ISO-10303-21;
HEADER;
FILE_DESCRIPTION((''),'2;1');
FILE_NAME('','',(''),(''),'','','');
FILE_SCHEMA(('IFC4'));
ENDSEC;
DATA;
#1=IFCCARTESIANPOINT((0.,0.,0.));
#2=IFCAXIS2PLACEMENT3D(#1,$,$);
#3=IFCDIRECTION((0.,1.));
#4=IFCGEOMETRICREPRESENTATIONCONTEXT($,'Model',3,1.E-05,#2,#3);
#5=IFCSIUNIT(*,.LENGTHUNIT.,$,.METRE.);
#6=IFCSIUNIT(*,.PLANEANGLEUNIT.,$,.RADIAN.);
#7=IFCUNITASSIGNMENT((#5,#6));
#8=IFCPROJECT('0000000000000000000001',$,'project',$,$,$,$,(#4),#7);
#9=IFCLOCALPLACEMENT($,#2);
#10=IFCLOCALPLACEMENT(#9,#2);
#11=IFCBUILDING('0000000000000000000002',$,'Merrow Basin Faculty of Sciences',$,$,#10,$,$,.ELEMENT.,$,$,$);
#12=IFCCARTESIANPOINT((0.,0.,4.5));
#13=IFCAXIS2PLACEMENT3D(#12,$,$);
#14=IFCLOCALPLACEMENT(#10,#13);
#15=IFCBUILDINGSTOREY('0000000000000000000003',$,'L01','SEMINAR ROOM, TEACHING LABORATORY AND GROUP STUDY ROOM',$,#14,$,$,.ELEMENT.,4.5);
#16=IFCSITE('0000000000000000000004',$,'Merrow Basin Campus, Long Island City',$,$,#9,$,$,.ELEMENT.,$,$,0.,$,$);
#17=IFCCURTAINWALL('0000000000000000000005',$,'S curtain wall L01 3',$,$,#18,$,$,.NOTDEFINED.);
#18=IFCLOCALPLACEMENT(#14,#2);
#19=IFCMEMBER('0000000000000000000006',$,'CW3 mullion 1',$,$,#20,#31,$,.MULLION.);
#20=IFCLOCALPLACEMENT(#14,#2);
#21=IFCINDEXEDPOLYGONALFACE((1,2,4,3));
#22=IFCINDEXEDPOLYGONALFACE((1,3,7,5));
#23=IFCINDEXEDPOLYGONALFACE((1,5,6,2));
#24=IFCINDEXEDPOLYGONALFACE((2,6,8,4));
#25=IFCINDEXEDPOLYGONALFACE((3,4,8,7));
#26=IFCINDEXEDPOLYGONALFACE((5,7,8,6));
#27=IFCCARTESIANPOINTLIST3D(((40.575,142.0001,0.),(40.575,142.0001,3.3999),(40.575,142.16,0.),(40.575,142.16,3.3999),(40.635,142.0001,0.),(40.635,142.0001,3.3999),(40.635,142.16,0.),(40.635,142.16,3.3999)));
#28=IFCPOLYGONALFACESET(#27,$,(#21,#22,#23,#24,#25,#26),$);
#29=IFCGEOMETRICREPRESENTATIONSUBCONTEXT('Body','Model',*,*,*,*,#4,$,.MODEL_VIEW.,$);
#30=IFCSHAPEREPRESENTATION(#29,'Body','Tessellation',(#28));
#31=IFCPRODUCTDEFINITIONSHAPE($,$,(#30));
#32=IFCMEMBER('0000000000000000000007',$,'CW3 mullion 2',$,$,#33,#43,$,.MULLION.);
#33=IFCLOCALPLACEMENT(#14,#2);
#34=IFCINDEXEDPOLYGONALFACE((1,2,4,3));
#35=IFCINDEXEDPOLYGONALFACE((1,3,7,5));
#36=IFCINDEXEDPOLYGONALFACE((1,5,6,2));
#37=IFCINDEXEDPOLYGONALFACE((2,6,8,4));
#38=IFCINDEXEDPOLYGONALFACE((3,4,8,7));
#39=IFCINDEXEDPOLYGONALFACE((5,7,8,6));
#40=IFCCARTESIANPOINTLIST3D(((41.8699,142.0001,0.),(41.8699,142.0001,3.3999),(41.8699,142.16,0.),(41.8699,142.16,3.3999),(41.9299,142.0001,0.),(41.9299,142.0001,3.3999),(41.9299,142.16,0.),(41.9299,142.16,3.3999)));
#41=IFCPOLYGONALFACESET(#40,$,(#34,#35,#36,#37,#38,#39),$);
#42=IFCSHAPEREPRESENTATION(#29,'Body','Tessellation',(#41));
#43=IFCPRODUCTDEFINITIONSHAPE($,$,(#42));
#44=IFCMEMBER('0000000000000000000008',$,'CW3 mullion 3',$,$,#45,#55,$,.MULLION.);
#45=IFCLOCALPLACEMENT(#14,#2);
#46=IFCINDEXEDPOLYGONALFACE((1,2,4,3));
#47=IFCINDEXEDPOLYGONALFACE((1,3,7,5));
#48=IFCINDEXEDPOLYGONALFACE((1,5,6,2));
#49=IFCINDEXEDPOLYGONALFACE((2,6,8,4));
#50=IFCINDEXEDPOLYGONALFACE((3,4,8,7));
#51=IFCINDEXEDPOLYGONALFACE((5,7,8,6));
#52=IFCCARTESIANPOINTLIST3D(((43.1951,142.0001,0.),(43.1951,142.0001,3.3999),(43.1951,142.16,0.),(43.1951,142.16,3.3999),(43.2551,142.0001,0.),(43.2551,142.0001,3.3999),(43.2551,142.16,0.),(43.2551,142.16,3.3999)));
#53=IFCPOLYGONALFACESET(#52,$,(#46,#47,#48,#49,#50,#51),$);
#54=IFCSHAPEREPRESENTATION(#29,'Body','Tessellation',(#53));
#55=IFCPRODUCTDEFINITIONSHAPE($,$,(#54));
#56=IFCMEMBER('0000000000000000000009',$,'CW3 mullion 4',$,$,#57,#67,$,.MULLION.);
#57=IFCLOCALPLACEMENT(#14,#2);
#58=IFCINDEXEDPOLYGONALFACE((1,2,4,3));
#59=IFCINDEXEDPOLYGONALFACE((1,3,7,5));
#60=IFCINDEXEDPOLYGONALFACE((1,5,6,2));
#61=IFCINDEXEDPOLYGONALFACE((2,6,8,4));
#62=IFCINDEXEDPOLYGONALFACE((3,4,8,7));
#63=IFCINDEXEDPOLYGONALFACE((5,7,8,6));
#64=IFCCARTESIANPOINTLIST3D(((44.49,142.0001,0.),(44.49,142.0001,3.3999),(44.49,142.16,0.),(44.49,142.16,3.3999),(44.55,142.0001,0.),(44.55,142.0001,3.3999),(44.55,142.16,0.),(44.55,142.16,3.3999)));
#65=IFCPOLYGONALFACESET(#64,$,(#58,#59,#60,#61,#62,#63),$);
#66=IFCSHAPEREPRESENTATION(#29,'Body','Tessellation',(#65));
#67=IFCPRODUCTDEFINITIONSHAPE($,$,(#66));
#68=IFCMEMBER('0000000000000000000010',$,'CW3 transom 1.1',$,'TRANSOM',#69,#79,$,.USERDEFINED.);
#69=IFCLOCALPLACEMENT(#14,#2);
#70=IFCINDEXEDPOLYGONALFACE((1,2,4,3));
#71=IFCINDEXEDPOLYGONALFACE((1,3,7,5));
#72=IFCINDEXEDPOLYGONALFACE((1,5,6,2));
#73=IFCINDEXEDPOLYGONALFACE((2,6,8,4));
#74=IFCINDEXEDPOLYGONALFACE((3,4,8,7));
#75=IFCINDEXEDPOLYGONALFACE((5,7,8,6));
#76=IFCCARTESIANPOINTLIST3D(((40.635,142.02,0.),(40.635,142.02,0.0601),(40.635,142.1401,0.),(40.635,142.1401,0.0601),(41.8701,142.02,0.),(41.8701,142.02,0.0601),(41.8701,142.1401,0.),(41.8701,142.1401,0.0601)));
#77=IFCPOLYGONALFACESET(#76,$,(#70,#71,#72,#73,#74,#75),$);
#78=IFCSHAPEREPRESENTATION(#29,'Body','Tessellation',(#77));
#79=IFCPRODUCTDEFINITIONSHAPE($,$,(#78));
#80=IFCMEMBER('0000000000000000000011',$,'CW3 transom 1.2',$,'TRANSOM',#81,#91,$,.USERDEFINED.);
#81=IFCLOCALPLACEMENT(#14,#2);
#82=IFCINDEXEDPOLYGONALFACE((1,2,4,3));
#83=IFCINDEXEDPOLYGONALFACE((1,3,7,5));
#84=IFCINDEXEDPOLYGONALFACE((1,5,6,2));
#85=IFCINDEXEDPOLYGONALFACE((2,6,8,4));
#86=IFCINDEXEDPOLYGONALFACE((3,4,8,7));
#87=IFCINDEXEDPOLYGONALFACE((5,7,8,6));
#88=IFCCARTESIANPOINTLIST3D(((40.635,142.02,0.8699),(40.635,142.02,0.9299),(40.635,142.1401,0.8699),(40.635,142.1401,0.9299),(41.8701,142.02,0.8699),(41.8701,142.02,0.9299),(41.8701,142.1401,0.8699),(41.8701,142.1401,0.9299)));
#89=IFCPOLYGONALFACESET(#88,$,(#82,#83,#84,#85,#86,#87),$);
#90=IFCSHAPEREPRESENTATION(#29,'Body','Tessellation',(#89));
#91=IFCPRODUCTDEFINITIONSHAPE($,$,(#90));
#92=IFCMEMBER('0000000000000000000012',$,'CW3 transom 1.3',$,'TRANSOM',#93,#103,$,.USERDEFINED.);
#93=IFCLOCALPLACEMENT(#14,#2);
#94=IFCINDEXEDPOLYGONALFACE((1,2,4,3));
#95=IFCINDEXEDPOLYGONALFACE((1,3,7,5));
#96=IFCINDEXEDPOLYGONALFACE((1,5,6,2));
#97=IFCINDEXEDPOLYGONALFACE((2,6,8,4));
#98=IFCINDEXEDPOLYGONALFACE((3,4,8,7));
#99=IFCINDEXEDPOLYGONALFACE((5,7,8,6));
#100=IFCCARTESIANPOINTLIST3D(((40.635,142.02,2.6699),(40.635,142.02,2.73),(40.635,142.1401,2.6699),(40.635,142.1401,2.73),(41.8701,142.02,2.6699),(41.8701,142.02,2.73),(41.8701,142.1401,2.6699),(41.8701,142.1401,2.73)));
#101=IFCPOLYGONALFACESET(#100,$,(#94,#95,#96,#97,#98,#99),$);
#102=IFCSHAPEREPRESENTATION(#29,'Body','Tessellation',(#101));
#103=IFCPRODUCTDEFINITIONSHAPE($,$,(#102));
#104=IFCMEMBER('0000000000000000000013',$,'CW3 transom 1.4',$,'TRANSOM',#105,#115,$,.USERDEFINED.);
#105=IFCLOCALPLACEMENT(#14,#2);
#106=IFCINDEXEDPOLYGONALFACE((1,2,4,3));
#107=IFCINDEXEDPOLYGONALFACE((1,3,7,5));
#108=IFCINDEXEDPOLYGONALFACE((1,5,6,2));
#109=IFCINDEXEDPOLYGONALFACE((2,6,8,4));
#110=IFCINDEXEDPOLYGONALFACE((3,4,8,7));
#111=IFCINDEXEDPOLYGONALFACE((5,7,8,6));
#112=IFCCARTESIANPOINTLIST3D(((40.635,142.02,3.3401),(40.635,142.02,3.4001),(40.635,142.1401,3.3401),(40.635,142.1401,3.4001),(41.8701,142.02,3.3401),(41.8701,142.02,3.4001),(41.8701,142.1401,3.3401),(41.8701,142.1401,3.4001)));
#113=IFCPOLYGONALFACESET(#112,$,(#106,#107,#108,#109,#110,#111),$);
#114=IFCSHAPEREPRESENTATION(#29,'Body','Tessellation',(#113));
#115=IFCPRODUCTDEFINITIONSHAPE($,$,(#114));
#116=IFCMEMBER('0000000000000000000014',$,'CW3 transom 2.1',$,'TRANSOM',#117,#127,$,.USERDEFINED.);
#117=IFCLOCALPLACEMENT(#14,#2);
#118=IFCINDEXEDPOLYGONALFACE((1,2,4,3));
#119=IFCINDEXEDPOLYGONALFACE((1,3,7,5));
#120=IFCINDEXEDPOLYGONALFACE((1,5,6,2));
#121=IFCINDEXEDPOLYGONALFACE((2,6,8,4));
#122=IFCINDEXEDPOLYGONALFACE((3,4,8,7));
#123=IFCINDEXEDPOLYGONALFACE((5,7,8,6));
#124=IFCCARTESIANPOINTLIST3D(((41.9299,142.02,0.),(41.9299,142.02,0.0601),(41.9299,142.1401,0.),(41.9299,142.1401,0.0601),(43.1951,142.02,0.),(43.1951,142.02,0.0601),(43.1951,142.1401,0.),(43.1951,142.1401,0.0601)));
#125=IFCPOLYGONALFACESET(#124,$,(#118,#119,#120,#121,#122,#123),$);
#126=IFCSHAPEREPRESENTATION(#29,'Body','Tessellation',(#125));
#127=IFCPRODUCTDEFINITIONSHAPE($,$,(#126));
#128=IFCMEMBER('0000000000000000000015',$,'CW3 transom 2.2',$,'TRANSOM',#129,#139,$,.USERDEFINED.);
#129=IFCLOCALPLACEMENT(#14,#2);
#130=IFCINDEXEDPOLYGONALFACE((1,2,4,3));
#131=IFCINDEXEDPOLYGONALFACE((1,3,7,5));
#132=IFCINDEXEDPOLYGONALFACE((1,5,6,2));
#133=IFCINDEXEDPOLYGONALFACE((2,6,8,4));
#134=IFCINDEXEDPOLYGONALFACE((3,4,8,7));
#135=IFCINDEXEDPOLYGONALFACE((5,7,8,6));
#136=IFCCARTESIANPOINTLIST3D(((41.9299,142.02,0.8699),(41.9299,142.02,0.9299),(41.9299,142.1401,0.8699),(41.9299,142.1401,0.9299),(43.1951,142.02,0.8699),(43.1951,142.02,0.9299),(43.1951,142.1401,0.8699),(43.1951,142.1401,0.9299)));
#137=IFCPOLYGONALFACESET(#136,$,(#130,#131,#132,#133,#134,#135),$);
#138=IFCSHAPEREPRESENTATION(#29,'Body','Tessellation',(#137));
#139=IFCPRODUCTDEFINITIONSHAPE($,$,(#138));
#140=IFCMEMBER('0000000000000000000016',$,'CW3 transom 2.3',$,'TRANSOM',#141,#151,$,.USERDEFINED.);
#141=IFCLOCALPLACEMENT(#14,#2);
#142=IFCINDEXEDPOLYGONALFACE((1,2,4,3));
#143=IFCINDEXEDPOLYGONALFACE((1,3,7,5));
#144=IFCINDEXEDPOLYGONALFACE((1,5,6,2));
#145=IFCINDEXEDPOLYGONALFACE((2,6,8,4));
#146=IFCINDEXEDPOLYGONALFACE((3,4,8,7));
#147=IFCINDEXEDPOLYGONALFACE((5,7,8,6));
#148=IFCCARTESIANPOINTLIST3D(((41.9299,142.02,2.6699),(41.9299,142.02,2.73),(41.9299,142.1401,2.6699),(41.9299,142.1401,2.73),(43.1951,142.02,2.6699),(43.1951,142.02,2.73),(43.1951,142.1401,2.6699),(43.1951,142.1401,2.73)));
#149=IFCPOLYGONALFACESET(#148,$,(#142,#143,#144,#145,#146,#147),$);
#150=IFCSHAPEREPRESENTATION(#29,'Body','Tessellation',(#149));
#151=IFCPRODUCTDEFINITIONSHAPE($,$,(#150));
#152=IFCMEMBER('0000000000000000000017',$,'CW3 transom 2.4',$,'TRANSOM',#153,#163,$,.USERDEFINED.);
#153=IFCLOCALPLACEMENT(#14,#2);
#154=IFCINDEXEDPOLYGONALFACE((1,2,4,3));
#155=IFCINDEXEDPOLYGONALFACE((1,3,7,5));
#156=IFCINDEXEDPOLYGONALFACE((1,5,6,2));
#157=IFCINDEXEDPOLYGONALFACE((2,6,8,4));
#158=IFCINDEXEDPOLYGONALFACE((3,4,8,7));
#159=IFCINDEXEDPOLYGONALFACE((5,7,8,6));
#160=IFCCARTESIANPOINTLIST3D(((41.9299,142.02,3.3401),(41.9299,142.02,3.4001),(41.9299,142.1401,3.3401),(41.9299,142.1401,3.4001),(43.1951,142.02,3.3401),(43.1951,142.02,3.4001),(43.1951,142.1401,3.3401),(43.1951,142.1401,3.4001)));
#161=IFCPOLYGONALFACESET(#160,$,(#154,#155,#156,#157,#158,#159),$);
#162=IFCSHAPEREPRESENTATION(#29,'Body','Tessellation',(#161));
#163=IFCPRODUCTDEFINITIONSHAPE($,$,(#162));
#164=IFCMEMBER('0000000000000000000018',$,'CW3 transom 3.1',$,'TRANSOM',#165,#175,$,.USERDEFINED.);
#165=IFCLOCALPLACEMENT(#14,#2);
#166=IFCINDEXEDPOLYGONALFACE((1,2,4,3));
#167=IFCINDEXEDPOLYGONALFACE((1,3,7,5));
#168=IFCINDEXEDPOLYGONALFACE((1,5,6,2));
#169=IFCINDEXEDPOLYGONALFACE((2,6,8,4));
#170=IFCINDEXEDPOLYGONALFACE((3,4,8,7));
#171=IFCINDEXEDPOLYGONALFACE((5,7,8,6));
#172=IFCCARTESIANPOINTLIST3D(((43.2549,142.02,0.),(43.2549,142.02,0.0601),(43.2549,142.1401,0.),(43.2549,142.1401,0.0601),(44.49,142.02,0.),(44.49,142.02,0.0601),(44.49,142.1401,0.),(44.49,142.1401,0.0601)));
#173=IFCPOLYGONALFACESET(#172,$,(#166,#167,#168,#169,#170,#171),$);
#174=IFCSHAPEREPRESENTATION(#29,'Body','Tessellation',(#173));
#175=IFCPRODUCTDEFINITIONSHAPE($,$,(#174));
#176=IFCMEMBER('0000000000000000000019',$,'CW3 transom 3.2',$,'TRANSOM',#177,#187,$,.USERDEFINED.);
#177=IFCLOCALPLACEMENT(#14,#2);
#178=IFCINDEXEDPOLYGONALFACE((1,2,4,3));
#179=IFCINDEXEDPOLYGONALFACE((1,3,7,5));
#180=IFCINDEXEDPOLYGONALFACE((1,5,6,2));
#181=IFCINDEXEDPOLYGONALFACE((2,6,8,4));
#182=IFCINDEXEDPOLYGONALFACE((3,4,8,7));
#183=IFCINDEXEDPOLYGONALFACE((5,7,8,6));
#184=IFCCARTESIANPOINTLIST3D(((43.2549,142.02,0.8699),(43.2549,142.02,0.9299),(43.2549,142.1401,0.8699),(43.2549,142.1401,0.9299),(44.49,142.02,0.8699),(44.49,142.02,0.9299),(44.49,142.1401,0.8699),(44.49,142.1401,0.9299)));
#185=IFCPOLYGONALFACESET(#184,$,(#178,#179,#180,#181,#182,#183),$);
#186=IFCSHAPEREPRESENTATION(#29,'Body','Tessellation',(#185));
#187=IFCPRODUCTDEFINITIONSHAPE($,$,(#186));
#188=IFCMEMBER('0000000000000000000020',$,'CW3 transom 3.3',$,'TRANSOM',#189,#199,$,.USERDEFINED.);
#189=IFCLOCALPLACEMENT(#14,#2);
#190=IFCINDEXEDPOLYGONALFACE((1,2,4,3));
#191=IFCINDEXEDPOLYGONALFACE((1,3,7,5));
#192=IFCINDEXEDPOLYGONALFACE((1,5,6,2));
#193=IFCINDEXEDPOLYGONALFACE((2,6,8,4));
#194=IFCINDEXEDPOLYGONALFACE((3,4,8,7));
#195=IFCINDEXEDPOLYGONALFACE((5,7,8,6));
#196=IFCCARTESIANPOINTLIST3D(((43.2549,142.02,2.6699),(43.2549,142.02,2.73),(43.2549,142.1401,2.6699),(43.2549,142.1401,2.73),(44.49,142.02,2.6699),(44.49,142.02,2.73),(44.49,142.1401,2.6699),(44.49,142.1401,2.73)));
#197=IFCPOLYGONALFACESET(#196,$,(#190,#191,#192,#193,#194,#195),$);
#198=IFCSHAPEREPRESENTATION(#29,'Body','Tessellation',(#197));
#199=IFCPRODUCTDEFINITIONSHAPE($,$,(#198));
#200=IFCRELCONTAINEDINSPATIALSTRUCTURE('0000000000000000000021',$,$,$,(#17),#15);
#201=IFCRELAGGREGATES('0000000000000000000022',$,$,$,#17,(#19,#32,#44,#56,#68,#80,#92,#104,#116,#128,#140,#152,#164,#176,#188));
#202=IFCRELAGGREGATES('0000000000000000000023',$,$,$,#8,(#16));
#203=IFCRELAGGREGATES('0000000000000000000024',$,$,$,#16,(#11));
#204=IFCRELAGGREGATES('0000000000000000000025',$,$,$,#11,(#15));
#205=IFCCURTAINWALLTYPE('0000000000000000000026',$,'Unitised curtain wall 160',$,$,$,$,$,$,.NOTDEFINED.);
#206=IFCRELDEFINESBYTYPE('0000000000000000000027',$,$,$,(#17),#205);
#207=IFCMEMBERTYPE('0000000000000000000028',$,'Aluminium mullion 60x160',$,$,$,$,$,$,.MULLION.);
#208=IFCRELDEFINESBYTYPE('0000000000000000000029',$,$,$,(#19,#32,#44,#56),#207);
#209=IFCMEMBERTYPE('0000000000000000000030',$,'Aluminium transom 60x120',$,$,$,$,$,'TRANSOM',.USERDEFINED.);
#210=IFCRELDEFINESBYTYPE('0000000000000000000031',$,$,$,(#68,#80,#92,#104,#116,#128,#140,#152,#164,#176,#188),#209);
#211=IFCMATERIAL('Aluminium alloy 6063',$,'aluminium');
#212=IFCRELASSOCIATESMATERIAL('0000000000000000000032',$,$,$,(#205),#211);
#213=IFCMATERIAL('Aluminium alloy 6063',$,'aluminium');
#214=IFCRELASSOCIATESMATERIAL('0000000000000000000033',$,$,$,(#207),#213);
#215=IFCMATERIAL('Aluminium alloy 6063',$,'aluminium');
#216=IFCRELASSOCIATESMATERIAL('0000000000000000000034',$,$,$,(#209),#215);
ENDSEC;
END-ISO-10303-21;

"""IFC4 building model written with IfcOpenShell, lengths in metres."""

from ifc_helpers import new_model, si_unit, direction, frame, origin, origin_2d, place, context, subcontext, project, spatial, rectangle, extrude, material, material_profile, profile_set, type_object, element, aggregate, save


model = new_model("IFC4")

# Units and contexts
model_context = context("Model", 3, precision=1e-05, world=origin(), true_north=direction((0.0, 1.0)))
body_context = subcontext(model_context, "Body", "Model", "MODEL_VIEW")
ifc_project = project(units=[si_unit("LENGTHUNIT", "METRE"), si_unit("PLANEANGLEUNIT", "RADIAN")], contexts=[model_context])

# Site, building, storey
site_placement = place(None, origin())
site = spatial("IfcSite", under=ifc_project, at=site_placement, Name="Merrow Basin Campus, Long Island City", CompositionType="ELEMENT", RefElevation=0.0)
building_placement = place(site_placement, origin())
building = spatial("IfcBuilding", under=site, at=building_placement, Name="Merrow Basin Faculty of Sciences", CompositionType="ELEMENT")
storey_placement = place(building_placement, frame((0.0, 0.0, 4.5)))
storey = spatial("IfcBuildingStorey", under=building, at=storey_placement, Name="L01", Description="SEMINAR ROOM, TEACHING LABORATORY AND GROUP STUDY ROOM", CompositionType="ELEMENT", Elevation=4.5)

# Curtain wall, members
ifc_material_1 = material(Name="Aluminium alloy 6063", Category="aluminium")
curtain_wall_type = type_object("IfcCurtainWallType", Name="Unitised curtain wall 160", PredefinedType="NOTDEFINED", material=ifc_material_1)
curtain_wall_placement = place(storey_placement, origin())
curtain_wall = element("IfcCurtainWall", 1, at=curtain_wall_placement, inside=storey, type_object=curtain_wall_type, Name="S curtain wall L01 3", PredefinedType="NOTDEFINED")
ifc_material_2 = material(Name="Aluminium alloy 6063", Category="aluminium")
ifc_material_profile_1 = material_profile(ifc_material_2, rectangle(XDim=0.1599, YDim=0.0601, at=origin_2d()))
ifc_profile_set_1 = profile_set([ifc_material_profile_1], Name="Aluminium alloy 6063")
member_type_1 = type_object("IfcMemberType", Name="Aluminium mullion 60x160", PredefinedType="MULLION", material=ifc_profile_set_1)
member_1_placement = place(storey_placement, frame((40.605, 142.0801, 0.0), z_axis=(0.0, 0.0, 1.0), x_axis=(0.0, 1.0, 0.0)))
member_1 = element("IfcMember", 2, at=member_1_placement, type_object=member_type_1, Name="CW3 mullion 1", PredefinedType="MULLION", context=body_context, shape_type="SweptSolid", body=[
    extrude(rectangle(XDim=0.1599, YDim=0.0601, at=origin_2d()), origin(), (0.0, 0.0, 1.0), 3.3999),
])
member_2_placement = place(storey_placement, frame((41.8999, 142.0801, 0.0), z_axis=(0.0, 0.0, 1.0), x_axis=(0.0, 1.0, 0.0)))
member_2 = element("IfcMember", 3, at=member_2_placement, type_object=member_type_1, Name="CW3 mullion 2", PredefinedType="MULLION", context=body_context, shape_type="SweptSolid", body=[
    extrude(rectangle(XDim=0.1599, YDim=0.0601, at=origin_2d()), origin(), (0.0, 0.0, 1.0), 3.3999),
])
member_3_placement = place(storey_placement, frame((43.2251, 142.0801, 0.0), z_axis=(0.0, 0.0, 1.0), x_axis=(0.0, 1.0, 0.0)))
member_3 = element("IfcMember", 4, at=member_3_placement, type_object=member_type_1, Name="CW3 mullion 3", PredefinedType="MULLION", context=body_context, shape_type="SweptSolid", body=[
    extrude(rectangle(XDim=0.1599, YDim=0.0601, at=origin_2d()), origin(), (0.0, 0.0, 1.0), 3.3999),
])
member_4_placement = place(storey_placement, frame((44.52, 142.0801, 0.0), z_axis=(0.0, 0.0, 1.0), x_axis=(0.0, 1.0, 0.0)))
member_4 = element("IfcMember", 5, at=member_4_placement, type_object=member_type_1, Name="CW3 mullion 4", PredefinedType="MULLION", context=body_context, shape_type="SweptSolid", body=[
    extrude(rectangle(XDim=0.1599, YDim=0.0601, at=origin_2d()), origin(), (0.0, 0.0, 1.0), 3.3999),
])
ifc_material_3 = material(Name="Aluminium alloy 6063", Category="aluminium")
ifc_material_profile_2 = material_profile(ifc_material_3, rectangle(XDim=0.1201, YDim=0.0601, at=origin_2d()))
ifc_profile_set_2 = profile_set([ifc_material_profile_2], Name="Aluminium alloy 6063")
member_type_2 = type_object("IfcMemberType", Name="Aluminium transom 60x120", ElementType="TRANSOM", PredefinedType="USERDEFINED", material=ifc_profile_set_2)
member_5_placement = place(storey_placement, frame((40.635, 142.0801, 0.03), z_axis=(1.0, 0.0, 0.0), x_axis=(0.0, 1.0, 0.0)))
member_5 = element("IfcMember", 6, at=member_5_placement, type_object=member_type_2, Name="CW3 transom 1.1", ObjectType="TRANSOM", PredefinedType="USERDEFINED", context=body_context, shape_type="SweptSolid", body=[
    extrude(rectangle(XDim=0.1201, YDim=0.0601, at=origin_2d()), origin(), (0.0, 0.0, 1.0), 1.2351),
])
member_6_placement = place(storey_placement, frame((40.635, 142.0801, 0.8999), z_axis=(1.0, 0.0, 0.0), x_axis=(0.0, 1.0, 0.0)))
member_6 = element("IfcMember", 7, at=member_6_placement, type_object=member_type_2, Name="CW3 transom 1.2", ObjectType="TRANSOM", PredefinedType="USERDEFINED", context=body_context, shape_type="SweptSolid", body=[
    extrude(rectangle(XDim=0.1201, YDim=0.0601, at=origin_2d()), origin(), (0.0, 0.0, 1.0), 1.2351),
])
member_7_placement = place(storey_placement, frame((40.635, 142.0801, 2.7), z_axis=(1.0, 0.0, 0.0), x_axis=(0.0, 1.0, 0.0)))
member_7 = element("IfcMember", 8, at=member_7_placement, type_object=member_type_2, Name="CW3 transom 1.3", ObjectType="TRANSOM", PredefinedType="USERDEFINED", context=body_context, shape_type="SweptSolid", body=[
    extrude(rectangle(XDim=0.1201, YDim=0.0601, at=origin_2d()), origin(), (0.0, 0.0, 1.0), 1.2351),
])
member_8_placement = place(storey_placement, frame((40.635, 142.0801, 3.3701), z_axis=(1.0, 0.0, 0.0), x_axis=(0.0, 1.0, 0.0)))
member_8 = element("IfcMember", 9, at=member_8_placement, type_object=member_type_2, Name="CW3 transom 1.4", ObjectType="TRANSOM", PredefinedType="USERDEFINED", context=body_context, shape_type="SweptSolid", body=[
    extrude(rectangle(XDim=0.1201, YDim=0.0601, at=origin_2d()), origin(), (0.0, 0.0, 1.0), 1.2351),
])
member_9_placement = place(storey_placement, frame((41.9299, 142.0801, 0.03), z_axis=(1.0, 0.0, 0.0), x_axis=(0.0, 1.0, 0.0)))
member_9 = element("IfcMember", 10, at=member_9_placement, type_object=member_type_2, Name="CW3 transom 2.1", ObjectType="TRANSOM", PredefinedType="USERDEFINED", context=body_context, shape_type="SweptSolid", body=[
    extrude(rectangle(XDim=0.1201, YDim=0.0601, at=origin_2d()), origin(), (0.0, 0.0, 1.0), 1.2651),
])
member_10_placement = place(storey_placement, frame((41.9299, 142.0801, 0.8999), z_axis=(1.0, 0.0, 0.0), x_axis=(0.0, 1.0, 0.0)))
member_10 = element("IfcMember", 11, at=member_10_placement, type_object=member_type_2, Name="CW3 transom 2.2", ObjectType="TRANSOM", PredefinedType="USERDEFINED", context=body_context, shape_type="SweptSolid", body=[
    extrude(rectangle(XDim=0.1201, YDim=0.0601, at=origin_2d()), origin(), (0.0, 0.0, 1.0), 1.2651),
])
member_11_placement = place(storey_placement, frame((41.9299, 142.0801, 2.7), z_axis=(1.0, 0.0, 0.0), x_axis=(0.0, 1.0, 0.0)))
member_11 = element("IfcMember", 12, at=member_11_placement, type_object=member_type_2, Name="CW3 transom 2.3", ObjectType="TRANSOM", PredefinedType="USERDEFINED", context=body_context, shape_type="SweptSolid", body=[
    extrude(rectangle(XDim=0.1201, YDim=0.0601, at=origin_2d()), origin(), (0.0, 0.0, 1.0), 1.2651),
])
member_12_placement = place(storey_placement, frame((41.9299, 142.0801, 3.3701), z_axis=(1.0, 0.0, 0.0), x_axis=(0.0, 1.0, 0.0)))
member_12 = element("IfcMember", 13, at=member_12_placement, type_object=member_type_2, Name="CW3 transom 2.4", ObjectType="TRANSOM", PredefinedType="USERDEFINED", context=body_context, shape_type="SweptSolid", body=[
    extrude(rectangle(XDim=0.1201, YDim=0.0601, at=origin_2d()), origin(), (0.0, 0.0, 1.0), 1.2651),
])
member_13_placement = place(storey_placement, frame((43.2549, 142.0801, 0.03), z_axis=(1.0, 0.0, 0.0), x_axis=(0.0, 1.0, 0.0)))
member_13 = element("IfcMember", 14, at=member_13_placement, type_object=member_type_2, Name="CW3 transom 3.1", ObjectType="TRANSOM", PredefinedType="USERDEFINED", context=body_context, shape_type="SweptSolid", body=[
    extrude(rectangle(XDim=0.1201, YDim=0.0601, at=origin_2d()), origin(), (0.0, 0.0, 1.0), 1.2351),
])
member_14_placement = place(storey_placement, frame((43.2549, 142.0801, 0.8999), z_axis=(1.0, 0.0, 0.0), x_axis=(0.0, 1.0, 0.0)))
member_14 = element("IfcMember", 15, at=member_14_placement, type_object=member_type_2, Name="CW3 transom 3.2", ObjectType="TRANSOM", PredefinedType="USERDEFINED", context=body_context, shape_type="SweptSolid", body=[
    extrude(rectangle(XDim=0.1201, YDim=0.0601, at=origin_2d()), origin(), (0.0, 0.0, 1.0), 1.2351),
])
member_15_placement = place(storey_placement, frame((43.2549, 142.0801, 2.7), z_axis=(1.0, 0.0, 0.0), x_axis=(0.0, 1.0, 0.0)))
member_15 = element("IfcMember", 16, at=member_15_placement, type_object=member_type_2, Name="CW3 transom 3.3", ObjectType="TRANSOM", PredefinedType="USERDEFINED", context=body_context, shape_type="SweptSolid", body=[
    extrude(rectangle(XDim=0.1201, YDim=0.0601, at=origin_2d()), origin(), (0.0, 0.0, 1.0), 1.2351),
])

aggregate(curtain_wall, [member_1, member_2, member_3, member_4, member_5, member_6, member_7, member_8, member_9, member_10, member_11, member_12, member_13, member_14, member_15])

save(model, "model.ifc")
